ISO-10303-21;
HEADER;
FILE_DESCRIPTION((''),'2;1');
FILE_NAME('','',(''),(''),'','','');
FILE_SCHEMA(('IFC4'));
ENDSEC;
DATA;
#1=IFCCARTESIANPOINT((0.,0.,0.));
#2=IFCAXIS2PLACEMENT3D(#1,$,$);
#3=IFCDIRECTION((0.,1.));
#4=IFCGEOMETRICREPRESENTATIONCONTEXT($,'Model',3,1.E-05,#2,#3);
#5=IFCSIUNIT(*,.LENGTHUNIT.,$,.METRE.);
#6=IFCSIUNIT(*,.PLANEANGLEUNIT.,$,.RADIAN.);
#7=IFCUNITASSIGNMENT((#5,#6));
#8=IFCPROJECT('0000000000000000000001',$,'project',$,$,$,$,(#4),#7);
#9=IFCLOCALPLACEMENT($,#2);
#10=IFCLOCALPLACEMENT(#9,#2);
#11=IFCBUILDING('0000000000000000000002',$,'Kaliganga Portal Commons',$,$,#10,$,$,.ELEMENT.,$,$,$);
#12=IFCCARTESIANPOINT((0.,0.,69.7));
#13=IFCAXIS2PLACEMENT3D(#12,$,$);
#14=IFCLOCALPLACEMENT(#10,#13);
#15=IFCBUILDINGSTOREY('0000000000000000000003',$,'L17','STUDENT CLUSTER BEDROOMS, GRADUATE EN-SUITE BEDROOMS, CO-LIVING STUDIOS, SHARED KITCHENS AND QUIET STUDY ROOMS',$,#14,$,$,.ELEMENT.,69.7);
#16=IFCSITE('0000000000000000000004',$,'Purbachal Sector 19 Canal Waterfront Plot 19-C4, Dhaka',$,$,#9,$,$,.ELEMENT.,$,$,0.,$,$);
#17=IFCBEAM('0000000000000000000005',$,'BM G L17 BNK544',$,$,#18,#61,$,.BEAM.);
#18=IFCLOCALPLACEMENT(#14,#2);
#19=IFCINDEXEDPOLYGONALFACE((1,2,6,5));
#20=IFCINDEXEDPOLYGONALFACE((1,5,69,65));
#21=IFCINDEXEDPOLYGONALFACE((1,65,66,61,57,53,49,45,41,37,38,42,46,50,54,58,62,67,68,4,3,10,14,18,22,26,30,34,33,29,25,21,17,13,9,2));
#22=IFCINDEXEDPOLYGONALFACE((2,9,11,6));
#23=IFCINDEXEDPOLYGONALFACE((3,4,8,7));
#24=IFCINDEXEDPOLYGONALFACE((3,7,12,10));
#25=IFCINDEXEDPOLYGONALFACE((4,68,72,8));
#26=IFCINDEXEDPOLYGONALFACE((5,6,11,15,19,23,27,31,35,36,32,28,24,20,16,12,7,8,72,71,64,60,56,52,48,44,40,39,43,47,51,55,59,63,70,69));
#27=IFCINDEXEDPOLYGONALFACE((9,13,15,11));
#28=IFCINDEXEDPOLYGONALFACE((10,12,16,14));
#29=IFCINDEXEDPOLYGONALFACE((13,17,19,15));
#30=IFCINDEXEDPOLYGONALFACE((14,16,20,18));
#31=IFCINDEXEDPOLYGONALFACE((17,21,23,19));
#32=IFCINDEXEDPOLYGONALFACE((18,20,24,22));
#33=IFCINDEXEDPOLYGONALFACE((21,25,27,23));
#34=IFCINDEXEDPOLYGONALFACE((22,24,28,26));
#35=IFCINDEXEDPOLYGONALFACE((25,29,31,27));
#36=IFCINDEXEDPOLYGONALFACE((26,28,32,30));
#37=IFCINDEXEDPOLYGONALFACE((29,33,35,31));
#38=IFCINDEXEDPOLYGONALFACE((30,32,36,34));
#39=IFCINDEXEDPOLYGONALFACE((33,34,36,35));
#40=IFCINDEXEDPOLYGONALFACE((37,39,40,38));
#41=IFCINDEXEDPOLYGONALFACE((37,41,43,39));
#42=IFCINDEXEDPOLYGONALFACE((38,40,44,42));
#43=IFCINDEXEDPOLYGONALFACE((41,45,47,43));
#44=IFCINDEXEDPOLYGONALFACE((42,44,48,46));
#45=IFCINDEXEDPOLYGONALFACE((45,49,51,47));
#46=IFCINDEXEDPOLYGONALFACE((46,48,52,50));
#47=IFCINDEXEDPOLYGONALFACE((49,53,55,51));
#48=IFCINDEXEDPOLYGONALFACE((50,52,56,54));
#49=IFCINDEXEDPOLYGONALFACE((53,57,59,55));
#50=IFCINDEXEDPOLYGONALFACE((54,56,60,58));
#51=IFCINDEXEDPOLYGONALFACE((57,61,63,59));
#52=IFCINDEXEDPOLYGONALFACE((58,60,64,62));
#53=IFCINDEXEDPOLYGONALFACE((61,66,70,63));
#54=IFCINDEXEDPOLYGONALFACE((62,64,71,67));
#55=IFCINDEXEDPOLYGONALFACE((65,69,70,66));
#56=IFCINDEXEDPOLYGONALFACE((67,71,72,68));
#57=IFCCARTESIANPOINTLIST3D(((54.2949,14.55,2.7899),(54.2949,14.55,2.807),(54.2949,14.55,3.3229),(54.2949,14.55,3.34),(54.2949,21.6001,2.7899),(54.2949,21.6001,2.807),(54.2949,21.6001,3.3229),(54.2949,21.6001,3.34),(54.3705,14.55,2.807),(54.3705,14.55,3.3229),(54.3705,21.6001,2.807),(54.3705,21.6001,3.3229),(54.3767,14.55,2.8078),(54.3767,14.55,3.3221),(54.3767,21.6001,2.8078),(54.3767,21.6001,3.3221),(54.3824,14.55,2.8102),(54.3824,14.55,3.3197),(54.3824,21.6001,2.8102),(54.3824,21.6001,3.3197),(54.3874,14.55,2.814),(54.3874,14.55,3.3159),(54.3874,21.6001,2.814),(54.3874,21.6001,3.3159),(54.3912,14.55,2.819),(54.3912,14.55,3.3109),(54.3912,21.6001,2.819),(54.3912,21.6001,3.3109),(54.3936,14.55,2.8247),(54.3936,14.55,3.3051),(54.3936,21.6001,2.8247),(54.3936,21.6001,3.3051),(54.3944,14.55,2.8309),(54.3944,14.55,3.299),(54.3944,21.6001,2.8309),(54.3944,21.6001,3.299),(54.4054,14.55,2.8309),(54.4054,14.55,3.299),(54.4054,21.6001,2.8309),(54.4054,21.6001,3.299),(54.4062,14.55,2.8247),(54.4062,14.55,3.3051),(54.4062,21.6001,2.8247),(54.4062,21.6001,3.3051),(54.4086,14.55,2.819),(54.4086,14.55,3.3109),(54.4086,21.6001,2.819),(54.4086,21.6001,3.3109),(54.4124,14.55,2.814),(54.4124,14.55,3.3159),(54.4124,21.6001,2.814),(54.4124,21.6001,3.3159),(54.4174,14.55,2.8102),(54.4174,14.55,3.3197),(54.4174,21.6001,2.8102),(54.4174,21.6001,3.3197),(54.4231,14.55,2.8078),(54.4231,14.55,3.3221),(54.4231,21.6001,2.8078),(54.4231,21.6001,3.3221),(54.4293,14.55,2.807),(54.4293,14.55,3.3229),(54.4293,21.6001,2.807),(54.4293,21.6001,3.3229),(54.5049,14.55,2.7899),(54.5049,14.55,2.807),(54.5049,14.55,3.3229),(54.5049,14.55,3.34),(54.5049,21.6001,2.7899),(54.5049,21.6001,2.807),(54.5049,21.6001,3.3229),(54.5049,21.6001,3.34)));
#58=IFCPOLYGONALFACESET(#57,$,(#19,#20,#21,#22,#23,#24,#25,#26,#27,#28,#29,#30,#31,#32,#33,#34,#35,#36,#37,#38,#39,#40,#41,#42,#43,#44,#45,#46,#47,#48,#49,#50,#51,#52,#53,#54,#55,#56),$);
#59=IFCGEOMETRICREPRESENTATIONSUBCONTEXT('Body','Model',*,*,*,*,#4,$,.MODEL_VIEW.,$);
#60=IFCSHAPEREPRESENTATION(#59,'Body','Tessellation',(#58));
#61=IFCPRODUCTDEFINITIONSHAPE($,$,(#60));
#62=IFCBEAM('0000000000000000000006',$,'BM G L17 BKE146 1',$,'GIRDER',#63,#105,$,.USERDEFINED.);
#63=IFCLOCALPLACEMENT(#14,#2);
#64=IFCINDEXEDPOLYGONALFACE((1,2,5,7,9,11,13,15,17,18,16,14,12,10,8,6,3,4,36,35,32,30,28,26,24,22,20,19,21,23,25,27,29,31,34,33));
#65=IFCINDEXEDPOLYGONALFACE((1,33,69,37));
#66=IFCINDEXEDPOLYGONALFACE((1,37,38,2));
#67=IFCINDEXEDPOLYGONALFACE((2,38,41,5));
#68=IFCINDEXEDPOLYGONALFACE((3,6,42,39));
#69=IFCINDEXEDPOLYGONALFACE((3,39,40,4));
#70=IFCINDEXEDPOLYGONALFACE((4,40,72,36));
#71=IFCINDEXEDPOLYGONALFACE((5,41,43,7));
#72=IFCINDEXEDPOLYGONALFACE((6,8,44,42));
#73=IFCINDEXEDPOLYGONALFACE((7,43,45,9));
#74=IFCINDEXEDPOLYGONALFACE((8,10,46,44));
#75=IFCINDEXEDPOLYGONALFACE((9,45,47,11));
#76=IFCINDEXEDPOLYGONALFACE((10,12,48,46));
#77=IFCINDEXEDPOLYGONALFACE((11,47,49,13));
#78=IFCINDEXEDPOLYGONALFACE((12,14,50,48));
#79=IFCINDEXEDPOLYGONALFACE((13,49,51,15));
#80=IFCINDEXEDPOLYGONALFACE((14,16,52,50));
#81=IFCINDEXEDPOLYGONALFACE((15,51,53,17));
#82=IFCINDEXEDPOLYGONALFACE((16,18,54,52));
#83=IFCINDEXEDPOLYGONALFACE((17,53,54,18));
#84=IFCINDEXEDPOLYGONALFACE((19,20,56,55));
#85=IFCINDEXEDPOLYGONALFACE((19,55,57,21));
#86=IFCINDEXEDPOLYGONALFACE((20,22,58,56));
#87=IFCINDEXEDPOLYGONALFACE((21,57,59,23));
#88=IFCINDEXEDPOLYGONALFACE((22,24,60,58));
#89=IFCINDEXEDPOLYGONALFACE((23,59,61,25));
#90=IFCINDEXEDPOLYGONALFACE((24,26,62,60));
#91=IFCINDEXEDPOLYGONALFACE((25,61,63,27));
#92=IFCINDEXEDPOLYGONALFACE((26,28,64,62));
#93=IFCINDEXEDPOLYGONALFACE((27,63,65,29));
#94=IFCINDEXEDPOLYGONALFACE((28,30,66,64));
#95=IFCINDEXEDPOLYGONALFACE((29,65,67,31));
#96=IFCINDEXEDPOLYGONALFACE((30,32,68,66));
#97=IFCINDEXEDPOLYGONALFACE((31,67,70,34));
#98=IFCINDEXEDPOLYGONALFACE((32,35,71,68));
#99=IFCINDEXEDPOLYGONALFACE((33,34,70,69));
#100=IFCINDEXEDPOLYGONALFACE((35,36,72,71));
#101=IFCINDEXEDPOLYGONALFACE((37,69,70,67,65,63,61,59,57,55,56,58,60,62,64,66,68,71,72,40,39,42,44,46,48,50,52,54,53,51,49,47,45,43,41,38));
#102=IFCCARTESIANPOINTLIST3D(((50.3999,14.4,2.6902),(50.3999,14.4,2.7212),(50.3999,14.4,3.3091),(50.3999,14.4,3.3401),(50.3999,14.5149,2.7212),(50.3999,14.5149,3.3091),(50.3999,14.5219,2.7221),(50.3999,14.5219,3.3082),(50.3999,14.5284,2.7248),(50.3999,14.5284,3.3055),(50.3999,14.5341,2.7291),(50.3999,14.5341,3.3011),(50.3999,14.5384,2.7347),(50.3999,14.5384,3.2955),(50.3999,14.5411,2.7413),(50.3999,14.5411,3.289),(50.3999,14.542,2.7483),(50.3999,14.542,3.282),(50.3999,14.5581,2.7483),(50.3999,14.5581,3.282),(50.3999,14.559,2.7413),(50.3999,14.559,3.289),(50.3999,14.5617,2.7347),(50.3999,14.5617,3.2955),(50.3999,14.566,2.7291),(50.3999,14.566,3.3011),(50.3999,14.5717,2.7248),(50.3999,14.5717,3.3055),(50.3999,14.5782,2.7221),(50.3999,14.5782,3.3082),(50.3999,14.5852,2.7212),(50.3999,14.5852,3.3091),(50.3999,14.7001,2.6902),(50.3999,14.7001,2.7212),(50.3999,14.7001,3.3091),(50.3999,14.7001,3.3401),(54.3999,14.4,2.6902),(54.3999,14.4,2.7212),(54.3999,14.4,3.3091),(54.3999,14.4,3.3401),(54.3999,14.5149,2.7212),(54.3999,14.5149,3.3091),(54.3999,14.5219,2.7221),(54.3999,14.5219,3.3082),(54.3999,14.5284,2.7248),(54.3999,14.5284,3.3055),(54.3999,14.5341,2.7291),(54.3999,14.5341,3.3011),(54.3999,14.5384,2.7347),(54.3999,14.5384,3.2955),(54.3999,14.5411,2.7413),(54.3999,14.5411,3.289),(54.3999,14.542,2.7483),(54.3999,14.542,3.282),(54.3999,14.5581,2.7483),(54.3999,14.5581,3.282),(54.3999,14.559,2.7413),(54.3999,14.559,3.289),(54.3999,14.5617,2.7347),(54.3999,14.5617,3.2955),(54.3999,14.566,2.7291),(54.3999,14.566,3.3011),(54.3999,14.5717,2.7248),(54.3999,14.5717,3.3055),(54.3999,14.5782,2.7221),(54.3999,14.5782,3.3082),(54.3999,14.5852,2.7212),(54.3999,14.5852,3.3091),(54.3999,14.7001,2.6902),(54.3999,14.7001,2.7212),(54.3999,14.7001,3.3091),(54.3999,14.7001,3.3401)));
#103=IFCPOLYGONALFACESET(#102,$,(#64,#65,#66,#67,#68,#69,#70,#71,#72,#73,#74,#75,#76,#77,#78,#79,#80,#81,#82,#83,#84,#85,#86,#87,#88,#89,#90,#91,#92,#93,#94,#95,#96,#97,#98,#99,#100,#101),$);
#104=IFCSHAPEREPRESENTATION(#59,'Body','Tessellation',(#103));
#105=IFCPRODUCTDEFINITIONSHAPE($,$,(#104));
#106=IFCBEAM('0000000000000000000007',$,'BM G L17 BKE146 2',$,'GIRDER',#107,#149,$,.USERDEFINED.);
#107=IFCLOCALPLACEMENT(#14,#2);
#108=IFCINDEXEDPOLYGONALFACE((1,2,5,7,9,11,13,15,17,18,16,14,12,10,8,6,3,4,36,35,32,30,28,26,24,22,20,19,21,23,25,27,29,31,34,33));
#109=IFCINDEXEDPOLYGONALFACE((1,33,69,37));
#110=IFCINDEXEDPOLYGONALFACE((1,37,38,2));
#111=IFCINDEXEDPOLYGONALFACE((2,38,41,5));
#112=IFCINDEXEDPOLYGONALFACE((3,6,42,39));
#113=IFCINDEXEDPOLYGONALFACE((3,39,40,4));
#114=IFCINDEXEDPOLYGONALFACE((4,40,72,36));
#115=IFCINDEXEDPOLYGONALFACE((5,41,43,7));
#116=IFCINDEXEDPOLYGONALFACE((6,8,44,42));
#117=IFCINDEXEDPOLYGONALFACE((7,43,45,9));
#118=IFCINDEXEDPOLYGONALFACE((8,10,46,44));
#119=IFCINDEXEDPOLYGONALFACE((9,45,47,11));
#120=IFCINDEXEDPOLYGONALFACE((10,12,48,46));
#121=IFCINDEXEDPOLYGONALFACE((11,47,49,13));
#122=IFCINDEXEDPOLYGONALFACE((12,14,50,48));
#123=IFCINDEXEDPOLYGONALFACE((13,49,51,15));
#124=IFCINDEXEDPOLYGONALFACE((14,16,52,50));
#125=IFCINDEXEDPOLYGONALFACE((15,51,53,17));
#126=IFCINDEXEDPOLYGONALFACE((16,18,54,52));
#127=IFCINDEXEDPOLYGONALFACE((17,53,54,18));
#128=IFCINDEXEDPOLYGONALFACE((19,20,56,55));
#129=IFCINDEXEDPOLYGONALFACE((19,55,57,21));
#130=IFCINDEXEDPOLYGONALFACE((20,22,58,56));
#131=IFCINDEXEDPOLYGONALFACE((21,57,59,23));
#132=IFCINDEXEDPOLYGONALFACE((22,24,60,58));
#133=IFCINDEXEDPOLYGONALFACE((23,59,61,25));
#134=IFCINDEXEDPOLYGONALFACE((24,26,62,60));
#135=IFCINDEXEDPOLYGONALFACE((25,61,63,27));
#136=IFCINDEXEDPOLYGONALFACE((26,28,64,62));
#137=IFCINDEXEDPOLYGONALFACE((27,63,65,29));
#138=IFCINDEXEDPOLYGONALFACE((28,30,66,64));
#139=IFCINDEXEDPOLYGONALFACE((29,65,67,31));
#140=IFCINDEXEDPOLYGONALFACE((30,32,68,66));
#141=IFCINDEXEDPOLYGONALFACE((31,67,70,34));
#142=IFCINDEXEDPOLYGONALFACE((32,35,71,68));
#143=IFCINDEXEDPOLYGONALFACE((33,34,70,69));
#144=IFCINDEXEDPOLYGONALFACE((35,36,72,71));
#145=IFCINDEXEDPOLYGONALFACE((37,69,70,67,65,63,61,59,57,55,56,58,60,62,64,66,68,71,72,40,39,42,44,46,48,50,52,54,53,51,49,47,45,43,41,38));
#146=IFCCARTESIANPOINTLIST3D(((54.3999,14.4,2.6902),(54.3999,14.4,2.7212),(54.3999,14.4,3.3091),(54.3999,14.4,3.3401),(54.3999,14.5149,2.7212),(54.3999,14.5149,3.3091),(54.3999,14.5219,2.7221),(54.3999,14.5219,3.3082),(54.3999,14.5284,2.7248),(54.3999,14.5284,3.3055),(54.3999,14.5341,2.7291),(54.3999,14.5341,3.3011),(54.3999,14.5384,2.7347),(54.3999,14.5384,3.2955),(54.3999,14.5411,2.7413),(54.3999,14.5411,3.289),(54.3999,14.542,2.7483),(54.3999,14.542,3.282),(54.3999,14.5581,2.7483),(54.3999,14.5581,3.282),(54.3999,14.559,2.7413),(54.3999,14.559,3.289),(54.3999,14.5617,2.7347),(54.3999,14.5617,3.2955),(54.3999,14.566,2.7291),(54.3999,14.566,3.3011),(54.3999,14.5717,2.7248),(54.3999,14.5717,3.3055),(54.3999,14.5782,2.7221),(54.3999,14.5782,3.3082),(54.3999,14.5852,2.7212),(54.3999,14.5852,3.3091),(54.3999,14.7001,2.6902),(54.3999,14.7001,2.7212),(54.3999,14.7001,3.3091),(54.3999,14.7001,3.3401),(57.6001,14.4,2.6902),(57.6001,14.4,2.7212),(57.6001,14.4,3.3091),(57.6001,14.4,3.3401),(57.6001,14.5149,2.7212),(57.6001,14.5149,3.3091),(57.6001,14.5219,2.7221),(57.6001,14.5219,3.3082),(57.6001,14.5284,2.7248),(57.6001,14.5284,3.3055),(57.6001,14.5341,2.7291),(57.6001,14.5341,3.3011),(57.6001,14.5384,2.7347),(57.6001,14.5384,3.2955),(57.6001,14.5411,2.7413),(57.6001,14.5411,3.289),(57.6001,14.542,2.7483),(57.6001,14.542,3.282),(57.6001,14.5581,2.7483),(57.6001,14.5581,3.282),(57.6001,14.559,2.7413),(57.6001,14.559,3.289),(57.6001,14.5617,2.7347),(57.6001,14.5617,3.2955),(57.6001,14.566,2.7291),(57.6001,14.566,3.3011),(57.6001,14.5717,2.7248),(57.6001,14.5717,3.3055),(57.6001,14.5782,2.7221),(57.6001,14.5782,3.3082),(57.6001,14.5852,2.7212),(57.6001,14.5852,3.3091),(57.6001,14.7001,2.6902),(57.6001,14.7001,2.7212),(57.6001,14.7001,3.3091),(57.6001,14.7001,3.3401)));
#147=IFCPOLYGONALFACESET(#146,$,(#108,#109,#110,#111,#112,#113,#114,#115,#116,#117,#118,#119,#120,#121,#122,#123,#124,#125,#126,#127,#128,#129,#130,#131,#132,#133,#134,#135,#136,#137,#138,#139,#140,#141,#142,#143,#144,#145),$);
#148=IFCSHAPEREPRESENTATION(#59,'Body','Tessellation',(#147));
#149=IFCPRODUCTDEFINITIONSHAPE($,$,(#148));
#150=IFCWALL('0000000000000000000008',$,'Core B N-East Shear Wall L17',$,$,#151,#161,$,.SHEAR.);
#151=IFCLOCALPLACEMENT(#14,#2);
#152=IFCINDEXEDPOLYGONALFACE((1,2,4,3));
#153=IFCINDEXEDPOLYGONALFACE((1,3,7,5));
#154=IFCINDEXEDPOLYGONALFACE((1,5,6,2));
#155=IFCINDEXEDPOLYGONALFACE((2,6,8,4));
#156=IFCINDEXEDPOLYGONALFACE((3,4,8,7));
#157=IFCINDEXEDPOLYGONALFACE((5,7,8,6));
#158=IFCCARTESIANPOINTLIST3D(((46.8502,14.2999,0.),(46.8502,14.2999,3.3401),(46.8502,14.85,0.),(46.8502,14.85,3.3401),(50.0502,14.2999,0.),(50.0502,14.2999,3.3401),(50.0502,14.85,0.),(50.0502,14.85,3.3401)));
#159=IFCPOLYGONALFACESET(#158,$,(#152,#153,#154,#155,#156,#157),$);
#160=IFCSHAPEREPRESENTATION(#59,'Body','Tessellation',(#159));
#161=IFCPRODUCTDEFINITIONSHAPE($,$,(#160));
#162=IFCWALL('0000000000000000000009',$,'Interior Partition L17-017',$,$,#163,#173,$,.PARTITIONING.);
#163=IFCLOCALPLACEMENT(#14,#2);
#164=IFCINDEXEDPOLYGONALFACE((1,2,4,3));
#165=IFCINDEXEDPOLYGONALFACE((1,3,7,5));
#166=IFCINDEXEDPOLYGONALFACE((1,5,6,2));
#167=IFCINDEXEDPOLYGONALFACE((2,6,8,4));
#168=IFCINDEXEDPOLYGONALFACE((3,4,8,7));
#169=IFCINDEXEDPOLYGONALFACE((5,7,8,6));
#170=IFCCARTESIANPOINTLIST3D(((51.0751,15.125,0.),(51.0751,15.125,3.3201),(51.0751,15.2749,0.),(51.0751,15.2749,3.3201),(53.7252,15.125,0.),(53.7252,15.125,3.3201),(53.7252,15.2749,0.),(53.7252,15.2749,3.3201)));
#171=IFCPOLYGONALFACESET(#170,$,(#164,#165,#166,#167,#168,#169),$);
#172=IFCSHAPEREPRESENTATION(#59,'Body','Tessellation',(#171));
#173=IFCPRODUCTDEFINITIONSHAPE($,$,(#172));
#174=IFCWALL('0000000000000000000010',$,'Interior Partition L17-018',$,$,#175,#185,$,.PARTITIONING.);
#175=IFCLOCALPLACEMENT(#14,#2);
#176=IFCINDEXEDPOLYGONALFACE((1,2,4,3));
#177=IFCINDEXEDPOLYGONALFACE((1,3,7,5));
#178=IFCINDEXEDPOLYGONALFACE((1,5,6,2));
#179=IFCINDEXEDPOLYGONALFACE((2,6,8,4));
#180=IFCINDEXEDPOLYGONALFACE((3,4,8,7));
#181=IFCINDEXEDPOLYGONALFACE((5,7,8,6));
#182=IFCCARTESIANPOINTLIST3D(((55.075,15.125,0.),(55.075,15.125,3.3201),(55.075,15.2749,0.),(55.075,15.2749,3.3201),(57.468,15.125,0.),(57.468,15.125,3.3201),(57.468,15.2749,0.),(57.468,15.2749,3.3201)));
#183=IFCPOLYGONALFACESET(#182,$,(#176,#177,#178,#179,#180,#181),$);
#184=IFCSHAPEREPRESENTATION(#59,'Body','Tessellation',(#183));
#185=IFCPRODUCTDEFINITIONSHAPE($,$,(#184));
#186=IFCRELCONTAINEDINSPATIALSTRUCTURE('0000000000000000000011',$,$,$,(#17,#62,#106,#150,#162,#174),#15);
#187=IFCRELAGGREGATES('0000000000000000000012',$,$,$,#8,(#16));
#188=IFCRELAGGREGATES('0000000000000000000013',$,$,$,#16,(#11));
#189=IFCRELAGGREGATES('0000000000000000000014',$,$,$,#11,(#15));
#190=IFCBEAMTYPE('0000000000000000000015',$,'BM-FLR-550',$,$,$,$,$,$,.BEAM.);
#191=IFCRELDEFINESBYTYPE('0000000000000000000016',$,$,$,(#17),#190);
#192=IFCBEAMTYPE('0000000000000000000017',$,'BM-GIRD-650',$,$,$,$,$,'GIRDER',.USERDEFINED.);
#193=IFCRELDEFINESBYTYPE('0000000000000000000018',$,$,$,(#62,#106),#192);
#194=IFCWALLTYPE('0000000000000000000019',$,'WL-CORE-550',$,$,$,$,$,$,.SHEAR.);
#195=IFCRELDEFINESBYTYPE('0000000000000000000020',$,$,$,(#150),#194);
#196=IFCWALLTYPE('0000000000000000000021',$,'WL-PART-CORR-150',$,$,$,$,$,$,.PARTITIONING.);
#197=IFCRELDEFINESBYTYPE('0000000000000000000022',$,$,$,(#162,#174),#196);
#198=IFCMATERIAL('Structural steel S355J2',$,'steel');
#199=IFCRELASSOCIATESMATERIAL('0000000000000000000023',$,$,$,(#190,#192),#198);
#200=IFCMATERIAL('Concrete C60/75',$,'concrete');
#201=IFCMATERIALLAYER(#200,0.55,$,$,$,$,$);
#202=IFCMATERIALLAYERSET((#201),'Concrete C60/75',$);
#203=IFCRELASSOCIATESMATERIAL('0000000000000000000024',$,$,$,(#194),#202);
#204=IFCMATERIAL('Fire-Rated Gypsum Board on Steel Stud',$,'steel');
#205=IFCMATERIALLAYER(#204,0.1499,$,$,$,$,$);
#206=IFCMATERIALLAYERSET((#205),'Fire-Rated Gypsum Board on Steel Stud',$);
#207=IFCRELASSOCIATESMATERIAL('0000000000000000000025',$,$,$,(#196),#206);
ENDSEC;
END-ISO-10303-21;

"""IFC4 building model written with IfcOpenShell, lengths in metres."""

from ifc_helpers import new_model, si_unit, direction, frame, frame_2d, origin, origin_2d, place, context, subcontext, project, spatial, rectangle, i_section, extrude, source, transform, mapped, material, layer, layer_set, material_profile, profile_set, type_object, element, save


model = new_model("IFC4")

# Units and contexts
model_context = context("Model", 3, precision=1e-05, world=origin(), true_north=direction((0.0, 1.0)))
body_context = subcontext(model_context, "Body", "Model", "MODEL_VIEW")
ifc_project = project(units=[si_unit("LENGTHUNIT", "METRE"), si_unit("PLANEANGLEUNIT", "RADIAN")], contexts=[model_context])

# Site, building, storey
site_placement = place(None, origin())
site = spatial("IfcSite", under=ifc_project, at=site_placement, Name="Purbachal Sector 19 Canal Waterfront Plot 19-C4, Dhaka", CompositionType="ELEMENT", RefElevation=0.0)
building_placement = place(site_placement, origin())
building = spatial("IfcBuilding", under=site, at=building_placement, Name="Kaliganga Portal Commons", CompositionType="ELEMENT")
storey_placement = place(building_placement, frame((0.0, 0.0, 69.7)))
storey = spatial("IfcBuildingStorey", under=building, at=storey_placement, Name="L17", Description="STUDENT CLUSTER BEDROOMS, GRADUATE EN-SUITE BEDROOMS, CO-LIVING STUDIOS, SHARED KITCHENS AND QUIET STUDY ROOMS", CompositionType="ELEMENT", Elevation=69.7)

# Beams
ifc_material_1 = material(Name="Structural steel S355J2", Category="steel")
ifc_material_profile_1 = material_profile(ifc_material_1, i_section(OverallWidth=0.21, OverallDepth=0.55, WebThickness=0.011, FlangeThickness=0.0171, FilletRadius=0.0239, at=origin_2d()), Name="IPE 550")
ifc_profile_set_1 = profile_set([ifc_material_profile_1], Name="Structural steel S355J2 wide-flange")
beam_type_1 = type_object("IfcBeamType", Name="BM-FLR-550", PredefinedType="BEAM", material=ifc_profile_set_1)
shared_shape_1 = source(origin(), body_context, "Body", "SweptSolid", [
    extrude(i_section(OverallWidth=0.21, OverallDepth=0.55, WebThickness=0.011, FlangeThickness=0.0171, FilletRadius=0.0239, at=origin_2d()), origin(), (0.0, 0.0, 1.0), 7.05),
])
for number, where, z_axis, x_axis, name in (
    (1, (54.3999, 14.55, 3.0649), (0.0, 1.0, 0.0), (-1.0, 0.0, 0.0), "BM G L17 BNK544"),
):
    element("IfcBeam", number, at=place(storey_placement, frame(where, z_axis=z_axis, x_axis=x_axis)), inside=storey, type_object=beam_type_1, Name=name, PredefinedType="BEAM", context=body_context, shape_type="MappedRepresentation", body=[
        mapped(shared_shape_1, transform((0.0, 0.0, 0.0), x_axis=(1.0, 0.0, 0.0), y_axis=(0.0, 1.0, 0.0), z_axis=(0.0, 0.0, 1.0), scale=1.0)),
    ])
ifc_material_profile_2 = material_profile(ifc_material_1, i_section(OverallWidth=0.3, OverallDepth=0.6499, WebThickness=0.0161, FlangeThickness=0.031, FilletRadius=0.0271, at=origin_2d()), Name="HE 650 B")
ifc_profile_set_2 = profile_set([ifc_material_profile_2], Name="Structural steel S355J2 wide-flange")
beam_type_2 = type_object("IfcBeamType", Name="BM-GIRD-650", ElementType="GIRDER", PredefinedType="USERDEFINED", material=ifc_profile_set_2)
shared_shape_2 = source(origin(), body_context, "Body", "SweptSolid", [
    extrude(i_section(OverallWidth=0.3, OverallDepth=0.6499, WebThickness=0.0161, FlangeThickness=0.031, FilletRadius=0.0271, at=origin_2d()), origin(), (0.0, 0.0, 1.0), 4.0),
])
beam_1_placement = place(storey_placement, frame((50.3999, 14.55, 3.0151), z_axis=(1.0, 0.0, 0.0), x_axis=(0.0, 1.0, 0.0)))
element("IfcBeam", 2, at=beam_1_placement, inside=storey, type_object=beam_type_2, Name="BM G L17 BKE146 1", ObjectType="GIRDER", PredefinedType="USERDEFINED", context=body_context, shape_type="MappedRepresentation", body=[
    mapped(shared_shape_2, transform((0.0, 0.0, 0.0), x_axis=(1.0, 0.0, 0.0), y_axis=(0.0, 1.0, 0.0), z_axis=(0.0, 0.0, 1.0), scale=1.0)),
])
shared_shape_3 = source(origin(), body_context, "Body", "SweptSolid", [
    extrude(i_section(OverallWidth=0.3, OverallDepth=0.6499, WebThickness=0.0161, FlangeThickness=0.031, FilletRadius=0.0271, at=origin_2d()), origin(), (0.0, 0.0, 1.0), 3.2002),
])
beam_2_placement = place(storey_placement, frame((54.3999, 14.55, 3.0151), z_axis=(1.0, 0.0, 0.0), x_axis=(0.0, 1.0, 0.0)))
element("IfcBeam", 3, at=beam_2_placement, inside=storey, type_object=beam_type_2, Name="BM G L17 BKE146 2", ObjectType="GIRDER", PredefinedType="USERDEFINED", context=body_context, shape_type="MappedRepresentation", body=[
    mapped(shared_shape_3, transform((0.0, 0.0, 0.0), x_axis=(1.0, 0.0, 0.0), y_axis=(0.0, 1.0, 0.0), z_axis=(0.0, 0.0, 1.0), scale=1.0)),
])

# Wall
ifc_material_2 = material(Name="Concrete C60/75", Category="concrete")
ifc_layer_1 = layer(ifc_material_2, 0.55)
ifc_layer_set_1 = layer_set([ifc_layer_1], Name="Concrete C60/75")
wall_type_1 = type_object("IfcWallType", Name="WL-CORE-550", PredefinedType="SHEAR", material=ifc_layer_set_1)
wall_1_placement = place(storey_placement, frame((46.8501, 14.575, 0.0), z_axis=(0.0, 0.0, 1.0), x_axis=(1.0, 0.0, 0.0)))
element("IfcWall", 4, at=wall_1_placement, inside=storey, type_object=wall_type_1, Name="Core B N-East Shear Wall L17", PredefinedType="SHEAR", context=body_context, shape_type="SweptSolid", body=[
    extrude(rectangle(XDim=3.2, YDim=0.55, at=frame_2d((1.6001, 0.0))), origin(), (0.0, 0.0, 1.0), 3.3401),
])

# Walls
ifc_material_3 = material(Name="Fire-Rated Gypsum Board on Steel Stud", Category="steel")
ifc_layer_2 = layer(ifc_material_3, 0.1499)
ifc_layer_set_2 = layer_set([ifc_layer_2], Name="Fire-Rated Gypsum Board on Steel Stud")
wall_type_2 = type_object("IfcWallType", Name="WL-PART-CORR-150", PredefinedType="PARTITIONING", material=ifc_layer_set_2)
wall_2_placement = place(storey_placement, frame((51.075, 15.2, 0.0), z_axis=(0.0, 0.0, 1.0), x_axis=(1.0, 0.0, 0.0)))
element("IfcWall", 5, at=wall_2_placement, inside=storey, type_object=wall_type_2, Name="Interior Partition L17-017", PredefinedType="PARTITIONING", context=body_context, shape_type="SweptSolid", body=[
    extrude(rectangle(XDim=2.6501, YDim=0.1499, at=frame_2d((1.3252, 0.0))), origin(), (0.0, 0.0, 1.0), 3.3201),
])
wall_3_placement = place(storey_placement, frame((55.075, 15.2, 0.0), z_axis=(0.0, 0.0, 1.0), x_axis=(1.0, 0.0, 0.0)))
element("IfcWall", 6, at=wall_3_placement, inside=storey, type_object=wall_type_2, Name="Interior Partition L17-018", PredefinedType="PARTITIONING", context=body_context, shape_type="SweptSolid", body=[
    extrude(rectangle(XDim=2.3931, YDim=0.1499, at=frame_2d((1.1965, 0.0))), origin(), (0.0, 0.0, 1.0), 3.3201),
])

save(model, "model.ifc")
